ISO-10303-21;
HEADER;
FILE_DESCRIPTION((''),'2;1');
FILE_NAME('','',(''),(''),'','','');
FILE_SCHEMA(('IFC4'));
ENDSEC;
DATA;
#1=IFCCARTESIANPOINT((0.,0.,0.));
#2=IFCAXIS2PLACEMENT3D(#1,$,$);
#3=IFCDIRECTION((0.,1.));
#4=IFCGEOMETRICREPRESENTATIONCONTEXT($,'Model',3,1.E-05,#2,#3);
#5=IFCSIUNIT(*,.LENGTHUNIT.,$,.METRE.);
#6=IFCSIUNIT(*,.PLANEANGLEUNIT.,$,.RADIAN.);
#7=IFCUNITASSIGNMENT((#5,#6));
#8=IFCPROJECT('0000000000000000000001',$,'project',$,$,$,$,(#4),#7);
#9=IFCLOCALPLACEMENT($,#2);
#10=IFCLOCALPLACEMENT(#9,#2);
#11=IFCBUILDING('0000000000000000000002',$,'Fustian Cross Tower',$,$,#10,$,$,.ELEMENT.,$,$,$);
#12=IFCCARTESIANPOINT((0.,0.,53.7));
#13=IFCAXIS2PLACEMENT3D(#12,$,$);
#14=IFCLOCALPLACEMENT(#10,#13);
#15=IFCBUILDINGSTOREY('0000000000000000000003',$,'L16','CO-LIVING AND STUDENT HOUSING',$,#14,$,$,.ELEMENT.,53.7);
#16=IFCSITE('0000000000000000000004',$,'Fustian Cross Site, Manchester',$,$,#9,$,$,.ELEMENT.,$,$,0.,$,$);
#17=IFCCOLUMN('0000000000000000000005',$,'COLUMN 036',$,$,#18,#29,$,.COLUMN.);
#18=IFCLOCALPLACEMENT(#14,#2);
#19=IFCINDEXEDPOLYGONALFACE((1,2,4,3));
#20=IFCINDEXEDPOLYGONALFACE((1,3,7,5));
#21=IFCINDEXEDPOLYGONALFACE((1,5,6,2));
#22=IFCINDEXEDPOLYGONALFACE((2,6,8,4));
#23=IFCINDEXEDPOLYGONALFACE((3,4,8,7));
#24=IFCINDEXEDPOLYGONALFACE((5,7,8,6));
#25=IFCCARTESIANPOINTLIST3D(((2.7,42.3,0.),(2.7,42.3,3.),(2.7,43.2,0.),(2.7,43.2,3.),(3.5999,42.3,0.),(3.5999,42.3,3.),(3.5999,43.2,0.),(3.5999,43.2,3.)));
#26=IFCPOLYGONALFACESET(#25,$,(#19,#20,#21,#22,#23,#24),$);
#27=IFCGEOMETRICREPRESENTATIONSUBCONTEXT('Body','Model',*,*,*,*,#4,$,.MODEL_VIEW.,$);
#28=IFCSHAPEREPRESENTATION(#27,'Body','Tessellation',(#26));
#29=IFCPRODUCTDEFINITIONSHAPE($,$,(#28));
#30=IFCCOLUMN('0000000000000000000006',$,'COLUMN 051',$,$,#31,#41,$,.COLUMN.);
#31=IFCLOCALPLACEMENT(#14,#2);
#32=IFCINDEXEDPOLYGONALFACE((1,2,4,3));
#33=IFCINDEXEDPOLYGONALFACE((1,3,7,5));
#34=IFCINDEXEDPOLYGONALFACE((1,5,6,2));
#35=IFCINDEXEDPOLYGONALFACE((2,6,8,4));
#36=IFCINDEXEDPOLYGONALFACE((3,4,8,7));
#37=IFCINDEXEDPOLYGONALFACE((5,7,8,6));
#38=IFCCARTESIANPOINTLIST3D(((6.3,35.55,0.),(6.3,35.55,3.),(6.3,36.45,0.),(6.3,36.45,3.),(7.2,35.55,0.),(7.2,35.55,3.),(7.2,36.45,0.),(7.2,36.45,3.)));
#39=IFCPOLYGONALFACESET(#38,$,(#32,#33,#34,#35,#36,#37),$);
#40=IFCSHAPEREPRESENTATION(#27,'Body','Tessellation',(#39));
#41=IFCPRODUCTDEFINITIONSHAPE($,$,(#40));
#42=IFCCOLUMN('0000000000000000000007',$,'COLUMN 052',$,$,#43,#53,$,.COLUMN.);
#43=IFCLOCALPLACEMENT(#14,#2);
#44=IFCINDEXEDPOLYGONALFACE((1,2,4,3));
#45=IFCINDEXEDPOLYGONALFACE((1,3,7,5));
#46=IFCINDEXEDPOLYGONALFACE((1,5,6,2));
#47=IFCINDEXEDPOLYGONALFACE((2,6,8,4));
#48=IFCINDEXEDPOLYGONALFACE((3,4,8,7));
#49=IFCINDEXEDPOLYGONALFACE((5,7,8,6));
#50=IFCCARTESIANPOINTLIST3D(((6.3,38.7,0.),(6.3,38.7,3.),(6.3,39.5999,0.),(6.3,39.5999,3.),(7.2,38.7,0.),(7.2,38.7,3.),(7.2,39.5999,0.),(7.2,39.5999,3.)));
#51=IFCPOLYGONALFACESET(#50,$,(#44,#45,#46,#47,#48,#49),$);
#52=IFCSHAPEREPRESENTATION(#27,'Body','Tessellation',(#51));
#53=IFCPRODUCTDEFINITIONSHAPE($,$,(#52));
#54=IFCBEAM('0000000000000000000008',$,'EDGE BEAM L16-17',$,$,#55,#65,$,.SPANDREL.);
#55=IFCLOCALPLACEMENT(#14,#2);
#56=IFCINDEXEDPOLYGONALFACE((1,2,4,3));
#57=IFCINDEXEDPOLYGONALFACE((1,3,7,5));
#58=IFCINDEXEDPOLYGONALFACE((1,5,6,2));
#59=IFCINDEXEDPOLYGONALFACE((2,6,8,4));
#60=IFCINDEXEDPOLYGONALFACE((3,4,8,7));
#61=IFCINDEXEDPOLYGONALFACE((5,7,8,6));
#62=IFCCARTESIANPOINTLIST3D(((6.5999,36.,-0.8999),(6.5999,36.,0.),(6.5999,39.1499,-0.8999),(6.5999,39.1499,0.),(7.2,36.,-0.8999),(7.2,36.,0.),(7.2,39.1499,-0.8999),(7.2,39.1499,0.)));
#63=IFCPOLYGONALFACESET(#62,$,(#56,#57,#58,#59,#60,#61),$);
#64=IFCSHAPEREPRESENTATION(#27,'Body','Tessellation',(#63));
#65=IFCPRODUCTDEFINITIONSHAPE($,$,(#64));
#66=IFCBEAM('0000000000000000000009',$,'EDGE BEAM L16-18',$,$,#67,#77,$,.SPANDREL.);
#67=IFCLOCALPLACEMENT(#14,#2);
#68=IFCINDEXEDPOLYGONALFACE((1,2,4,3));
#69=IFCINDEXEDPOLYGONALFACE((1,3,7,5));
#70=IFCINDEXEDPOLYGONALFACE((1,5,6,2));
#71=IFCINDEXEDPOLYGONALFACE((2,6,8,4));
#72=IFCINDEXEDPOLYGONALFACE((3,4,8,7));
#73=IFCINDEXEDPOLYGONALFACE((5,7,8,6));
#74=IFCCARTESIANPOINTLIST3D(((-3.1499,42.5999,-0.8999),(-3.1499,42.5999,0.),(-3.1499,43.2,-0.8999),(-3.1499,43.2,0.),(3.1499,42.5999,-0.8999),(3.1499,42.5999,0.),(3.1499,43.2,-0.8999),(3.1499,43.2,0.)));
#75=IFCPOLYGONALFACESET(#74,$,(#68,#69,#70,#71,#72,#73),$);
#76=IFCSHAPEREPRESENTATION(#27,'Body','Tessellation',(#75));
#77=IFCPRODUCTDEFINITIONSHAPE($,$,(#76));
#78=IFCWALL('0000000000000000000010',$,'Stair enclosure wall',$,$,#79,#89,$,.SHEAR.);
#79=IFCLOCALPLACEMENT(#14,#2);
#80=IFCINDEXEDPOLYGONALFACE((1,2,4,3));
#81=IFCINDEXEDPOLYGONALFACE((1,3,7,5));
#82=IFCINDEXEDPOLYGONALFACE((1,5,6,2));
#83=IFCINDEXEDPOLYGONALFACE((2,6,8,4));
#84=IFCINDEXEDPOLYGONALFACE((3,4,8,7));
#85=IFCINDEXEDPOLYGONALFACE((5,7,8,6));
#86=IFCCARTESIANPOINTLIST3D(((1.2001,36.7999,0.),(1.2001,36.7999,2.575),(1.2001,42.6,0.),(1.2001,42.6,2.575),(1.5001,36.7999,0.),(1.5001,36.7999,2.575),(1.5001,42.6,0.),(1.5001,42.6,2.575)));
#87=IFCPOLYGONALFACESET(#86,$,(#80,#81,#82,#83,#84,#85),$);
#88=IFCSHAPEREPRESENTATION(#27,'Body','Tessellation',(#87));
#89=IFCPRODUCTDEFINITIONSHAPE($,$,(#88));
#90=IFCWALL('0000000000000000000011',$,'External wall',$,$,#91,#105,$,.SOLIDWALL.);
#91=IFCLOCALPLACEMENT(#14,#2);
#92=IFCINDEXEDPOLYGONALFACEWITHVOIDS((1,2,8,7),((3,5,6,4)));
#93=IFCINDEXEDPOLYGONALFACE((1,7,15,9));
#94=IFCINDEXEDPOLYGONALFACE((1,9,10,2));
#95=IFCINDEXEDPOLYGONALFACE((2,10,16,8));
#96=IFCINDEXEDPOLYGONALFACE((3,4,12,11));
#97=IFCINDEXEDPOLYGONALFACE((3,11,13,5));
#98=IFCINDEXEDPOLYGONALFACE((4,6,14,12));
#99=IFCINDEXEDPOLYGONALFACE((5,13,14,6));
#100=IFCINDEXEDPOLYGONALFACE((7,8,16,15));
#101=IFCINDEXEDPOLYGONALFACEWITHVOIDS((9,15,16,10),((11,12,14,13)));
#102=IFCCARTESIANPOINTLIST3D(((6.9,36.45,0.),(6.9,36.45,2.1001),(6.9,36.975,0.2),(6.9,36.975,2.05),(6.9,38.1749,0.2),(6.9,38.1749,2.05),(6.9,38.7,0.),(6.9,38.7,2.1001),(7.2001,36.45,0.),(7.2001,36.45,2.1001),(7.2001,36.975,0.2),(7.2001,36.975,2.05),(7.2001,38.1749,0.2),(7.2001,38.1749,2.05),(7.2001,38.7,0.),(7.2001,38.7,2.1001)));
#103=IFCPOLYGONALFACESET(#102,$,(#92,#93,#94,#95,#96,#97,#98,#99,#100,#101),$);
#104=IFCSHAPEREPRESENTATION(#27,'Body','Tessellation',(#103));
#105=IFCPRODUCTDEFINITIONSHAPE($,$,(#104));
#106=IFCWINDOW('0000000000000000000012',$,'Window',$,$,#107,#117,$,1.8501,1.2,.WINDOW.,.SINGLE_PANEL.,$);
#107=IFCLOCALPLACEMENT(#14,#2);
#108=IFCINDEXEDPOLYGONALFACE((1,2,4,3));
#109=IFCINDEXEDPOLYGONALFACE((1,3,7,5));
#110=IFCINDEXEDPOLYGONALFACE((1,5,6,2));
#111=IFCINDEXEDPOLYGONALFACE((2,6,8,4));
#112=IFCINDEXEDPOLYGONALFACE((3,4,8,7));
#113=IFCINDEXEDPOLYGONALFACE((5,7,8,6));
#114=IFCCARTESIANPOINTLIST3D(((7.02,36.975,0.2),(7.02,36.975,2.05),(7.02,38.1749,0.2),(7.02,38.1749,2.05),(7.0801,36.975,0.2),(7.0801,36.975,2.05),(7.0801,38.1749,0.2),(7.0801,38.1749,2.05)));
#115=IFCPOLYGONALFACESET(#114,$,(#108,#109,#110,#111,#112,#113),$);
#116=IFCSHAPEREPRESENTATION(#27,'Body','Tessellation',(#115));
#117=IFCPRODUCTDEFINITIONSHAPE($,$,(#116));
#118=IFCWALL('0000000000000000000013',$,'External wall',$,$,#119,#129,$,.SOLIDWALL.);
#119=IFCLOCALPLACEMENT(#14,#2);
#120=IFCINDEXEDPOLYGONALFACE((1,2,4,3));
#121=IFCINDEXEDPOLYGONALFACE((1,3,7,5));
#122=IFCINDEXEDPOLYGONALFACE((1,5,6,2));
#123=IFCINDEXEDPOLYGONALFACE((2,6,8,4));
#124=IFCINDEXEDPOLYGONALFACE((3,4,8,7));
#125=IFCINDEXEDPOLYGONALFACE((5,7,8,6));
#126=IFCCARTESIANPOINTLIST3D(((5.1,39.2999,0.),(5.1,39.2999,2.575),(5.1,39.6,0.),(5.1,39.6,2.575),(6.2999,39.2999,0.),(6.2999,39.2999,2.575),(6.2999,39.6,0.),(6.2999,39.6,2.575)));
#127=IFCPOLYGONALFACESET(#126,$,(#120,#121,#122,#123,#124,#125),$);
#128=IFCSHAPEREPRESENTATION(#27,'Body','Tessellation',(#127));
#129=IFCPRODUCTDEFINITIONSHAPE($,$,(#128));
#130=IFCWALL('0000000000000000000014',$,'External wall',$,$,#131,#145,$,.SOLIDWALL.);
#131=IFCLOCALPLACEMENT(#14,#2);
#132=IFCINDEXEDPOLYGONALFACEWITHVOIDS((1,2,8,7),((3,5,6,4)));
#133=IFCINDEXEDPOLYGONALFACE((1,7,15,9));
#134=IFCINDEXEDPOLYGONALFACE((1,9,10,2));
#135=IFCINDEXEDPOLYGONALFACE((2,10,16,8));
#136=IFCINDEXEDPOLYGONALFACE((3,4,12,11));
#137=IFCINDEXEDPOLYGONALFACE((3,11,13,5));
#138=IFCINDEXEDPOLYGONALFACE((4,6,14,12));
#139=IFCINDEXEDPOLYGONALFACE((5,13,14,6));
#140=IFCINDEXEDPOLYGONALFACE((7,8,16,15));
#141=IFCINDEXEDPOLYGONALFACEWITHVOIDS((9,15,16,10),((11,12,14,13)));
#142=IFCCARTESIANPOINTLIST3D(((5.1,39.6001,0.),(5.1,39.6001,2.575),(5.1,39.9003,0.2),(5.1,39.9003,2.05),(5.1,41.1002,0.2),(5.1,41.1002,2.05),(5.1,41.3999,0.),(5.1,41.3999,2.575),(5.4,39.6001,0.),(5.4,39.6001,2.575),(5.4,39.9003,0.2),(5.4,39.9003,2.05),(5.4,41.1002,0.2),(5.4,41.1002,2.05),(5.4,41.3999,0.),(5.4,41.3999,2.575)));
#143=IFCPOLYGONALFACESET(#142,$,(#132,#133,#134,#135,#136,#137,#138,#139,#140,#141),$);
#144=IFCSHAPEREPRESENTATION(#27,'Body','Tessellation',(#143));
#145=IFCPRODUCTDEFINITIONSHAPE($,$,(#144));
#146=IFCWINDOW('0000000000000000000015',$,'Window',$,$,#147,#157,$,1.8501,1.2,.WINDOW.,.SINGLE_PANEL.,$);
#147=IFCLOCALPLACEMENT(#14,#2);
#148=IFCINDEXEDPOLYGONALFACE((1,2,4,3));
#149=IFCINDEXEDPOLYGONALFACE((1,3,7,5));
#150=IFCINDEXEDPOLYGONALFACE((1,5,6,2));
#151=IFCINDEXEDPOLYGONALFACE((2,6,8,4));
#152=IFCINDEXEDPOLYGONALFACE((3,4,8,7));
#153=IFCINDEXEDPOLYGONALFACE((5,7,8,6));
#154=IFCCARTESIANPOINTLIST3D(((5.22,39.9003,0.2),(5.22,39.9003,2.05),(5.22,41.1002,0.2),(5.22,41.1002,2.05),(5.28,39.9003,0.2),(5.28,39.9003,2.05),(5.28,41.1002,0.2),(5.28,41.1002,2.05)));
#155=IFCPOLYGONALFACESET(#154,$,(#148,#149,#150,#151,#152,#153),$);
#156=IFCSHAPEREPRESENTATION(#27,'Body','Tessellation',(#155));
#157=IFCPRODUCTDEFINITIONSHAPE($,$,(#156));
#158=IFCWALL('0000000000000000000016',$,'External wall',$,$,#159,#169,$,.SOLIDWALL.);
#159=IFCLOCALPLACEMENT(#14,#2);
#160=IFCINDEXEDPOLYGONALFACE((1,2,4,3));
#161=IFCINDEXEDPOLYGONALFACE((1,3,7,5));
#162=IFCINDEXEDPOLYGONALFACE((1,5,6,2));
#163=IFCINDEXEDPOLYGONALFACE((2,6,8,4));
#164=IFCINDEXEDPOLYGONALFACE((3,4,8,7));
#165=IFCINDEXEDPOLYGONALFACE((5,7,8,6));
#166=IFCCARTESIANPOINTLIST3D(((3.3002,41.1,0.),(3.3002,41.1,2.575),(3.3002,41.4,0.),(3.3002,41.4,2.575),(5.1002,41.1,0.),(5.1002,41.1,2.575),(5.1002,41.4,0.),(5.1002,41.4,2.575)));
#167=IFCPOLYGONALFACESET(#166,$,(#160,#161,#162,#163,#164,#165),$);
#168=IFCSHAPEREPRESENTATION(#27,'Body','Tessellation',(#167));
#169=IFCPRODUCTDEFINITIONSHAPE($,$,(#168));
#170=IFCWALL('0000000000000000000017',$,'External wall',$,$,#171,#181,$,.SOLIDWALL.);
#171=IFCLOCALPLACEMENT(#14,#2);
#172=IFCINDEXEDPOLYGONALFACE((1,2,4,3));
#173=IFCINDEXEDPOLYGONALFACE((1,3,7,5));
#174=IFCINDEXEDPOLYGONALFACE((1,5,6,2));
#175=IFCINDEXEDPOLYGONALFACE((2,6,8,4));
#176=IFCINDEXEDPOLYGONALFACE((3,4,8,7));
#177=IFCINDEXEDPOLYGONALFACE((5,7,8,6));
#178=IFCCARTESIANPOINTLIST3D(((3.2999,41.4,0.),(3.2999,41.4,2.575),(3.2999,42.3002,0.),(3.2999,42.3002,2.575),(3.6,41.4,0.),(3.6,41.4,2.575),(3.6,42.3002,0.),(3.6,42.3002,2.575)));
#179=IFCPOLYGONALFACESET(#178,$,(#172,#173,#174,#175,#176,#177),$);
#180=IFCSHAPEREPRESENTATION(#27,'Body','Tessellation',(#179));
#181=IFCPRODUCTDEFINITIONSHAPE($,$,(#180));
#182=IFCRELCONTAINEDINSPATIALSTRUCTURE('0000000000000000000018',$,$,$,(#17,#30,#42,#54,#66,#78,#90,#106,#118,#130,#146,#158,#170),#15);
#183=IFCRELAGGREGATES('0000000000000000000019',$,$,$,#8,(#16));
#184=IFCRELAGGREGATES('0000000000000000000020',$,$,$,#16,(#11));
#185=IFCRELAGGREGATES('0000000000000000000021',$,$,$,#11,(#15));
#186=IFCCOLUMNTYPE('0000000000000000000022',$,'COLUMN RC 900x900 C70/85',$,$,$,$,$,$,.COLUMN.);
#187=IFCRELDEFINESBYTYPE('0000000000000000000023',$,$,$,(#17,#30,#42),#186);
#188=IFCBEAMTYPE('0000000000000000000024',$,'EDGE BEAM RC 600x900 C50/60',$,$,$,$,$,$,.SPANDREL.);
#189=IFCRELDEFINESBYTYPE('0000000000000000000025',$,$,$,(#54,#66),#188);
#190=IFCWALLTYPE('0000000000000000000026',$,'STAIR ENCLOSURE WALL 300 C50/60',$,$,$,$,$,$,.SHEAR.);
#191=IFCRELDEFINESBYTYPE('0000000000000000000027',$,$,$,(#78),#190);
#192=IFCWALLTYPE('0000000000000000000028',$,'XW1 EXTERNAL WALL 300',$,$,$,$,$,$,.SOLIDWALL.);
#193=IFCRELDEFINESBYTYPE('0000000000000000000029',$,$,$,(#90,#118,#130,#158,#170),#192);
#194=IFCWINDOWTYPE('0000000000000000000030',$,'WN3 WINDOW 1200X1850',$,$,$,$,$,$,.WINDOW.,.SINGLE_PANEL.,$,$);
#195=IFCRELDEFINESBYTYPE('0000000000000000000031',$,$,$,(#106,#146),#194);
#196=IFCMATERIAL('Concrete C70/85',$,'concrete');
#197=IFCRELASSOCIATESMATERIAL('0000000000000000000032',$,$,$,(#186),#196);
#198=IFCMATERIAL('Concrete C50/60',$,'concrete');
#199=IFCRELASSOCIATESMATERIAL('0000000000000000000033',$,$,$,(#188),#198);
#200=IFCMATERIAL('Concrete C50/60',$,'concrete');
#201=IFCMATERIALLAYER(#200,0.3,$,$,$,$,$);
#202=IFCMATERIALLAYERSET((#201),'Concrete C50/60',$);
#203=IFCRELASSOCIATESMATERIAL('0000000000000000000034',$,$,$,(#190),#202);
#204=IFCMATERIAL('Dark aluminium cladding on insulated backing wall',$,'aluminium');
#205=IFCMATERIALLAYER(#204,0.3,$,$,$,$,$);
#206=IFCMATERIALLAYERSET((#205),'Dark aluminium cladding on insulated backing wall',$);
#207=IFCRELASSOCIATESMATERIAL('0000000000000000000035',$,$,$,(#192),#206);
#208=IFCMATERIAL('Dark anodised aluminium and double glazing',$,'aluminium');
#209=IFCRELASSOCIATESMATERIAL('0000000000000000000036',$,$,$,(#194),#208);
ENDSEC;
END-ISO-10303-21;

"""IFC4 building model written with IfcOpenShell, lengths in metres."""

from ifc_helpers import new_model, si_unit, direction, frame, frame_2d, origin, origin_2d, place, context, subcontext, project, spatial, rectangle, extrude, material, layer, layer_set, material_profile, profile_set, type_object, element, fill, save


model = new_model("IFC4")

# Units and contexts
model_context = context("Model", 3, precision=1e-05, world=origin(), true_north=direction((0.0, 1.0)))
body_context = subcontext(model_context, "Body", "Model", "MODEL_VIEW")
ifc_project = project(units=[si_unit("LENGTHUNIT", "METRE"), si_unit("PLANEANGLEUNIT", "RADIAN")], contexts=[model_context])

# Site, building, storey
site_placement = place(None, origin())
site = spatial("IfcSite", under=ifc_project, at=site_placement, Name="Fustian Cross Site, Manchester", CompositionType="ELEMENT", RefElevation=0.0)
building_placement = place(site_placement, origin())
building = spatial("IfcBuilding", under=site, at=building_placement, Name="Fustian Cross Tower", CompositionType="ELEMENT")
storey_placement = place(building_placement, frame((0.0, 0.0, 53.7)))
storey = spatial("IfcBuildingStorey", under=building, at=storey_placement, Name="L16", Description="CO-LIVING AND STUDENT HOUSING", CompositionType="ELEMENT", Elevation=53.7)

# Columns
ifc_material_1 = material(Name="Concrete C70/85", Category="concrete")
ifc_material_profile_1 = material_profile(ifc_material_1, rectangle(XDim=0.8999, YDim=0.8999, at=origin_2d()), Name="RC 900x900")
ifc_profile_set_1 = profile_set([ifc_material_profile_1], Name="Concrete C70/85")
column_type = type_object("IfcColumnType", Name="COLUMN RC 900x900 C70/85", PredefinedType="COLUMN", material=ifc_profile_set_1)
for number, where, z_axis, x_axis, name in (
    (1, (3.1499, 42.75, 0.0), (0.0, 0.0, 1.0), (1.0, 0.0, 0.0), "COLUMN 036"),
    (2, (6.75, 36.0, 0.0), (0.0, 0.0, 1.0), (1.0, 0.0, 0.0), "COLUMN 051"),
    (3, (6.75, 39.1499, 0.0), (0.0, 0.0, 1.0), (1.0, 0.0, 0.0), "COLUMN 052"),
):
    element("IfcColumn", number, at=place(storey_placement, frame(where, z_axis=z_axis, x_axis=x_axis)), inside=storey, type_object=column_type, Name=name, PredefinedType="COLUMN", context=body_context, shape_type="SweptSolid", body=[
        extrude(rectangle(XDim=0.8999, YDim=0.8999, at=origin_2d()), origin(), (0.0, 0.0, 1.0), 3.0),
    ])

# Beams
ifc_material_2 = material(Name="Concrete C50/60", Category="concrete")
ifc_material_profile_2 = material_profile(ifc_material_2, rectangle(XDim=0.6001, YDim=0.8999, at=origin_2d()), Name="RC 600x900")
ifc_profile_set_2 = profile_set([ifc_material_profile_2], Name="Concrete C50/60")
beam_type = type_object("IfcBeamType", Name="EDGE BEAM RC 600x900 C50/60", PredefinedType="SPANDREL", material=ifc_profile_set_2)
beam_1_placement = place(storey_placement, frame((6.8999, 36.0, -0.45), z_axis=(0.0, 1.0, 0.0), x_axis=(-1.0, 0.0, 0.0)))
element("IfcBeam", 4, at=beam_1_placement, inside=storey, type_object=beam_type, Name="EDGE BEAM L16-17", PredefinedType="SPANDREL", context=body_context, shape_type="SweptSolid", body=[
    extrude(rectangle(XDim=0.6001, YDim=0.8999, at=origin_2d()), origin(), (0.0, 0.0, 1.0), 3.1499),
])
beam_2_placement = place(storey_placement, frame((3.1499, 42.8999, -0.45), z_axis=(-1.0, 0.0, 0.0), x_axis=(0.0, -1.0, 0.0)))
element("IfcBeam", 5, at=beam_2_placement, inside=storey, type_object=beam_type, Name="EDGE BEAM L16-18", PredefinedType="SPANDREL", context=body_context, shape_type="SweptSolid", body=[
    extrude(rectangle(XDim=0.6001, YDim=0.8999, at=origin_2d()), origin(), (0.0, 0.0, 1.0), 6.2998),
])

# Wall
ifc_material_3 = material(Name="Concrete C50/60", Category="concrete")
ifc_layer_1 = layer(ifc_material_3, 0.3)
ifc_layer_set_1 = layer_set([ifc_layer_1], Name="Concrete C50/60")
wall_type_1 = type_object("IfcWallType", Name="STAIR ENCLOSURE WALL 300 C50/60", PredefinedType="SHEAR", material=ifc_layer_set_1)
wall_1_placement = place(storey_placement, frame((1.3501, 36.8, 0.0), z_axis=(0.0, 0.0, 1.0), x_axis=(0.0, 1.0, 0.0)))
element("IfcWall", 6, at=wall_1_placement, inside=storey, type_object=wall_type_1, Name="Stair enclosure wall", PredefinedType="SHEAR", context=body_context, shape_type="SweptSolid", body=[
    extrude(rectangle(XDim=5.8, YDim=0.3, at=frame_2d((2.8999, 0.0))), origin(), (0.0, 0.0, 1.0), 2.575),
])

# Wall, opening, window
ifc_material_4 = material(Name="Dark aluminium cladding on insulated backing wall", Category="aluminium")
ifc_layer_2 = layer(ifc_material_4, 0.3)
ifc_layer_set_2 = layer_set([ifc_layer_2], Name="Dark aluminium cladding on insulated backing wall")
wall_type_2 = type_object("IfcWallType", Name="XW1 EXTERNAL WALL 300", PredefinedType="SOLIDWALL", material=ifc_layer_set_2)
wall_2_placement = place(storey_placement, frame((7.05, 36.45, 0.0), z_axis=(0.0, 0.0, 1.0), x_axis=(0.0, 1.0, 0.0)))
wall_2 = element("IfcWall", 7, at=wall_2_placement, inside=storey, type_object=wall_type_2, Name="External wall", PredefinedType="SOLIDWALL", context=body_context, shape_type="SweptSolid", body=[
    extrude(rectangle(XDim=2.25, YDim=0.3, at=frame_2d((1.125, 0.0))), origin(), (0.0, 0.0, 1.0), 2.1001),
])
opening_1_placement = place(wall_2_placement, frame((0.5249, 0.0, 0.2)))
opening_1 = element("IfcOpeningElement", 8, at=opening_1_placement, cuts=wall_2, PredefinedType="OPENING", context=body_context, shape_type="SweptSolid", body=[
    extrude(rectangle(XDim=1.2, YDim=1.8501, at=frame_2d((0.6001, 0.925))), frame((0.0, 0.1599, 0.0), z_axis=(0.0, -1.0, 0.0), x_axis=(1.0, 0.0, 0.0)), (0.0, 0.0, 1.0), 0.3201),
])
ifc_material_5 = material(Name="Dark anodised aluminium and double glazing", Category="aluminium")
window_type_1 = type_object("IfcWindowType", Name="WN3 WINDOW 1200X1850", PartitioningType="SINGLE_PANEL", PredefinedType="WINDOW", material=ifc_material_5)
window_1_placement = place(opening_1_placement, origin())
window_1 = element("IfcWindow", 9, at=window_1_placement, inside=storey, type_object=window_type_1, Name="Window", OverallHeight=1.8501, OverallWidth=1.2, PartitioningType="SINGLE_PANEL", PredefinedType="WINDOW", context=body_context, shape_type="SweptSolid", body=[
    extrude(rectangle(XDim=1.2, YDim=1.8501, at=frame_2d((0.6001, 0.925))), frame((0.0, 0.03, 0.0), z_axis=(0.0, -1.0, 0.0), x_axis=(1.0, 0.0, 0.0)), (0.0, 0.0, 1.0), 0.0601),
])
fill(opening_1, window_1)

# Wall
wall_3_placement = place(storey_placement, frame((6.3, 39.45, 0.0), z_axis=(0.0, 0.0, 1.0), x_axis=(-1.0, 0.0, 0.0)))
element("IfcWall", 10, at=wall_3_placement, inside=storey, type_object=wall_type_2, Name="External wall", PredefinedType="SOLIDWALL", context=body_context, shape_type="SweptSolid", body=[
    extrude(rectangle(XDim=1.2, YDim=0.3, at=frame_2d((0.6001, 0.0))), origin(), (0.0, 0.0, 1.0), 2.575),
])

# Wall, opening, window
wall_4_placement = place(storey_placement, frame((5.25, 39.6001, 0.0), z_axis=(0.0, 0.0, 1.0), x_axis=(0.0, 1.0, 0.0)))
wall_4 = element("IfcWall", 11, at=wall_4_placement, inside=storey, type_object=wall_type_2, Name="External wall", PredefinedType="SOLIDWALL", context=body_context, shape_type="SweptSolid", body=[
    extrude(rectangle(XDim=1.7998, YDim=0.3, at=frame_2d((0.8999, 0.0))), origin(), (0.0, 0.0, 1.0), 2.575),
])
opening_2_placement = place(wall_4_placement, frame((0.3, 0.0, 0.2)))
opening_2 = element("IfcOpeningElement", 12, at=opening_2_placement, cuts=wall_4, PredefinedType="OPENING", context=body_context, shape_type="SweptSolid", body=[
    extrude(rectangle(XDim=1.2, YDim=1.8501, at=frame_2d((0.6001, 0.925))), frame((0.0, 0.1599, 0.0), z_axis=(0.0, -1.0, 0.0), x_axis=(1.0, 0.0, 0.0)), (0.0, 0.0, 1.0), 0.3201),
])
window_2_placement = place(opening_2_placement, origin())
window_2 = element("IfcWindow", 13, at=window_2_placement, inside=storey, type_object=window_type_1, Name="Window", OverallHeight=1.8501, OverallWidth=1.2, PartitioningType="SINGLE_PANEL", PredefinedType="WINDOW", context=body_context, shape_type="SweptSolid", body=[
    extrude(rectangle(XDim=1.2, YDim=1.8501, at=frame_2d((0.6001, 0.925))), frame((0.0, 0.03, 0.0), z_axis=(0.0, -1.0, 0.0), x_axis=(1.0, 0.0, 0.0)), (0.0, 0.0, 1.0), 0.0601),
])
fill(opening_2, window_2)

# Walls
wall_5_placement = place(storey_placement, frame((5.1001, 41.25, 0.0), z_axis=(0.0, 0.0, 1.0), x_axis=(-1.0, 0.0, 0.0)))
element("IfcWall", 14, at=wall_5_placement, inside=storey, type_object=wall_type_2, Name="External wall", PredefinedType="SOLIDWALL", context=body_context, shape_type="SweptSolid", body=[
    extrude(rectangle(XDim=1.8, YDim=0.3, at=frame_2d((0.8999, 0.0))), origin(), (0.0, 0.0, 1.0), 2.575),
])
wall_6_placement = place(storey_placement, frame((3.45, 41.3999, 0.0), z_axis=(0.0, 0.0, 1.0), x_axis=(0.0, 1.0, 0.0)))
element("IfcWall", 15, at=wall_6_placement, inside=storey, type_object=wall_type_2, Name="External wall", PredefinedType="SOLIDWALL", context=body_context, shape_type="SweptSolid", body=[
    extrude(rectangle(XDim=0.9001, YDim=0.3, at=frame_2d((0.4502, 0.0))), origin(), (0.0, 0.0, 1.0), 2.575),
])

save(model, "model.ifc")
